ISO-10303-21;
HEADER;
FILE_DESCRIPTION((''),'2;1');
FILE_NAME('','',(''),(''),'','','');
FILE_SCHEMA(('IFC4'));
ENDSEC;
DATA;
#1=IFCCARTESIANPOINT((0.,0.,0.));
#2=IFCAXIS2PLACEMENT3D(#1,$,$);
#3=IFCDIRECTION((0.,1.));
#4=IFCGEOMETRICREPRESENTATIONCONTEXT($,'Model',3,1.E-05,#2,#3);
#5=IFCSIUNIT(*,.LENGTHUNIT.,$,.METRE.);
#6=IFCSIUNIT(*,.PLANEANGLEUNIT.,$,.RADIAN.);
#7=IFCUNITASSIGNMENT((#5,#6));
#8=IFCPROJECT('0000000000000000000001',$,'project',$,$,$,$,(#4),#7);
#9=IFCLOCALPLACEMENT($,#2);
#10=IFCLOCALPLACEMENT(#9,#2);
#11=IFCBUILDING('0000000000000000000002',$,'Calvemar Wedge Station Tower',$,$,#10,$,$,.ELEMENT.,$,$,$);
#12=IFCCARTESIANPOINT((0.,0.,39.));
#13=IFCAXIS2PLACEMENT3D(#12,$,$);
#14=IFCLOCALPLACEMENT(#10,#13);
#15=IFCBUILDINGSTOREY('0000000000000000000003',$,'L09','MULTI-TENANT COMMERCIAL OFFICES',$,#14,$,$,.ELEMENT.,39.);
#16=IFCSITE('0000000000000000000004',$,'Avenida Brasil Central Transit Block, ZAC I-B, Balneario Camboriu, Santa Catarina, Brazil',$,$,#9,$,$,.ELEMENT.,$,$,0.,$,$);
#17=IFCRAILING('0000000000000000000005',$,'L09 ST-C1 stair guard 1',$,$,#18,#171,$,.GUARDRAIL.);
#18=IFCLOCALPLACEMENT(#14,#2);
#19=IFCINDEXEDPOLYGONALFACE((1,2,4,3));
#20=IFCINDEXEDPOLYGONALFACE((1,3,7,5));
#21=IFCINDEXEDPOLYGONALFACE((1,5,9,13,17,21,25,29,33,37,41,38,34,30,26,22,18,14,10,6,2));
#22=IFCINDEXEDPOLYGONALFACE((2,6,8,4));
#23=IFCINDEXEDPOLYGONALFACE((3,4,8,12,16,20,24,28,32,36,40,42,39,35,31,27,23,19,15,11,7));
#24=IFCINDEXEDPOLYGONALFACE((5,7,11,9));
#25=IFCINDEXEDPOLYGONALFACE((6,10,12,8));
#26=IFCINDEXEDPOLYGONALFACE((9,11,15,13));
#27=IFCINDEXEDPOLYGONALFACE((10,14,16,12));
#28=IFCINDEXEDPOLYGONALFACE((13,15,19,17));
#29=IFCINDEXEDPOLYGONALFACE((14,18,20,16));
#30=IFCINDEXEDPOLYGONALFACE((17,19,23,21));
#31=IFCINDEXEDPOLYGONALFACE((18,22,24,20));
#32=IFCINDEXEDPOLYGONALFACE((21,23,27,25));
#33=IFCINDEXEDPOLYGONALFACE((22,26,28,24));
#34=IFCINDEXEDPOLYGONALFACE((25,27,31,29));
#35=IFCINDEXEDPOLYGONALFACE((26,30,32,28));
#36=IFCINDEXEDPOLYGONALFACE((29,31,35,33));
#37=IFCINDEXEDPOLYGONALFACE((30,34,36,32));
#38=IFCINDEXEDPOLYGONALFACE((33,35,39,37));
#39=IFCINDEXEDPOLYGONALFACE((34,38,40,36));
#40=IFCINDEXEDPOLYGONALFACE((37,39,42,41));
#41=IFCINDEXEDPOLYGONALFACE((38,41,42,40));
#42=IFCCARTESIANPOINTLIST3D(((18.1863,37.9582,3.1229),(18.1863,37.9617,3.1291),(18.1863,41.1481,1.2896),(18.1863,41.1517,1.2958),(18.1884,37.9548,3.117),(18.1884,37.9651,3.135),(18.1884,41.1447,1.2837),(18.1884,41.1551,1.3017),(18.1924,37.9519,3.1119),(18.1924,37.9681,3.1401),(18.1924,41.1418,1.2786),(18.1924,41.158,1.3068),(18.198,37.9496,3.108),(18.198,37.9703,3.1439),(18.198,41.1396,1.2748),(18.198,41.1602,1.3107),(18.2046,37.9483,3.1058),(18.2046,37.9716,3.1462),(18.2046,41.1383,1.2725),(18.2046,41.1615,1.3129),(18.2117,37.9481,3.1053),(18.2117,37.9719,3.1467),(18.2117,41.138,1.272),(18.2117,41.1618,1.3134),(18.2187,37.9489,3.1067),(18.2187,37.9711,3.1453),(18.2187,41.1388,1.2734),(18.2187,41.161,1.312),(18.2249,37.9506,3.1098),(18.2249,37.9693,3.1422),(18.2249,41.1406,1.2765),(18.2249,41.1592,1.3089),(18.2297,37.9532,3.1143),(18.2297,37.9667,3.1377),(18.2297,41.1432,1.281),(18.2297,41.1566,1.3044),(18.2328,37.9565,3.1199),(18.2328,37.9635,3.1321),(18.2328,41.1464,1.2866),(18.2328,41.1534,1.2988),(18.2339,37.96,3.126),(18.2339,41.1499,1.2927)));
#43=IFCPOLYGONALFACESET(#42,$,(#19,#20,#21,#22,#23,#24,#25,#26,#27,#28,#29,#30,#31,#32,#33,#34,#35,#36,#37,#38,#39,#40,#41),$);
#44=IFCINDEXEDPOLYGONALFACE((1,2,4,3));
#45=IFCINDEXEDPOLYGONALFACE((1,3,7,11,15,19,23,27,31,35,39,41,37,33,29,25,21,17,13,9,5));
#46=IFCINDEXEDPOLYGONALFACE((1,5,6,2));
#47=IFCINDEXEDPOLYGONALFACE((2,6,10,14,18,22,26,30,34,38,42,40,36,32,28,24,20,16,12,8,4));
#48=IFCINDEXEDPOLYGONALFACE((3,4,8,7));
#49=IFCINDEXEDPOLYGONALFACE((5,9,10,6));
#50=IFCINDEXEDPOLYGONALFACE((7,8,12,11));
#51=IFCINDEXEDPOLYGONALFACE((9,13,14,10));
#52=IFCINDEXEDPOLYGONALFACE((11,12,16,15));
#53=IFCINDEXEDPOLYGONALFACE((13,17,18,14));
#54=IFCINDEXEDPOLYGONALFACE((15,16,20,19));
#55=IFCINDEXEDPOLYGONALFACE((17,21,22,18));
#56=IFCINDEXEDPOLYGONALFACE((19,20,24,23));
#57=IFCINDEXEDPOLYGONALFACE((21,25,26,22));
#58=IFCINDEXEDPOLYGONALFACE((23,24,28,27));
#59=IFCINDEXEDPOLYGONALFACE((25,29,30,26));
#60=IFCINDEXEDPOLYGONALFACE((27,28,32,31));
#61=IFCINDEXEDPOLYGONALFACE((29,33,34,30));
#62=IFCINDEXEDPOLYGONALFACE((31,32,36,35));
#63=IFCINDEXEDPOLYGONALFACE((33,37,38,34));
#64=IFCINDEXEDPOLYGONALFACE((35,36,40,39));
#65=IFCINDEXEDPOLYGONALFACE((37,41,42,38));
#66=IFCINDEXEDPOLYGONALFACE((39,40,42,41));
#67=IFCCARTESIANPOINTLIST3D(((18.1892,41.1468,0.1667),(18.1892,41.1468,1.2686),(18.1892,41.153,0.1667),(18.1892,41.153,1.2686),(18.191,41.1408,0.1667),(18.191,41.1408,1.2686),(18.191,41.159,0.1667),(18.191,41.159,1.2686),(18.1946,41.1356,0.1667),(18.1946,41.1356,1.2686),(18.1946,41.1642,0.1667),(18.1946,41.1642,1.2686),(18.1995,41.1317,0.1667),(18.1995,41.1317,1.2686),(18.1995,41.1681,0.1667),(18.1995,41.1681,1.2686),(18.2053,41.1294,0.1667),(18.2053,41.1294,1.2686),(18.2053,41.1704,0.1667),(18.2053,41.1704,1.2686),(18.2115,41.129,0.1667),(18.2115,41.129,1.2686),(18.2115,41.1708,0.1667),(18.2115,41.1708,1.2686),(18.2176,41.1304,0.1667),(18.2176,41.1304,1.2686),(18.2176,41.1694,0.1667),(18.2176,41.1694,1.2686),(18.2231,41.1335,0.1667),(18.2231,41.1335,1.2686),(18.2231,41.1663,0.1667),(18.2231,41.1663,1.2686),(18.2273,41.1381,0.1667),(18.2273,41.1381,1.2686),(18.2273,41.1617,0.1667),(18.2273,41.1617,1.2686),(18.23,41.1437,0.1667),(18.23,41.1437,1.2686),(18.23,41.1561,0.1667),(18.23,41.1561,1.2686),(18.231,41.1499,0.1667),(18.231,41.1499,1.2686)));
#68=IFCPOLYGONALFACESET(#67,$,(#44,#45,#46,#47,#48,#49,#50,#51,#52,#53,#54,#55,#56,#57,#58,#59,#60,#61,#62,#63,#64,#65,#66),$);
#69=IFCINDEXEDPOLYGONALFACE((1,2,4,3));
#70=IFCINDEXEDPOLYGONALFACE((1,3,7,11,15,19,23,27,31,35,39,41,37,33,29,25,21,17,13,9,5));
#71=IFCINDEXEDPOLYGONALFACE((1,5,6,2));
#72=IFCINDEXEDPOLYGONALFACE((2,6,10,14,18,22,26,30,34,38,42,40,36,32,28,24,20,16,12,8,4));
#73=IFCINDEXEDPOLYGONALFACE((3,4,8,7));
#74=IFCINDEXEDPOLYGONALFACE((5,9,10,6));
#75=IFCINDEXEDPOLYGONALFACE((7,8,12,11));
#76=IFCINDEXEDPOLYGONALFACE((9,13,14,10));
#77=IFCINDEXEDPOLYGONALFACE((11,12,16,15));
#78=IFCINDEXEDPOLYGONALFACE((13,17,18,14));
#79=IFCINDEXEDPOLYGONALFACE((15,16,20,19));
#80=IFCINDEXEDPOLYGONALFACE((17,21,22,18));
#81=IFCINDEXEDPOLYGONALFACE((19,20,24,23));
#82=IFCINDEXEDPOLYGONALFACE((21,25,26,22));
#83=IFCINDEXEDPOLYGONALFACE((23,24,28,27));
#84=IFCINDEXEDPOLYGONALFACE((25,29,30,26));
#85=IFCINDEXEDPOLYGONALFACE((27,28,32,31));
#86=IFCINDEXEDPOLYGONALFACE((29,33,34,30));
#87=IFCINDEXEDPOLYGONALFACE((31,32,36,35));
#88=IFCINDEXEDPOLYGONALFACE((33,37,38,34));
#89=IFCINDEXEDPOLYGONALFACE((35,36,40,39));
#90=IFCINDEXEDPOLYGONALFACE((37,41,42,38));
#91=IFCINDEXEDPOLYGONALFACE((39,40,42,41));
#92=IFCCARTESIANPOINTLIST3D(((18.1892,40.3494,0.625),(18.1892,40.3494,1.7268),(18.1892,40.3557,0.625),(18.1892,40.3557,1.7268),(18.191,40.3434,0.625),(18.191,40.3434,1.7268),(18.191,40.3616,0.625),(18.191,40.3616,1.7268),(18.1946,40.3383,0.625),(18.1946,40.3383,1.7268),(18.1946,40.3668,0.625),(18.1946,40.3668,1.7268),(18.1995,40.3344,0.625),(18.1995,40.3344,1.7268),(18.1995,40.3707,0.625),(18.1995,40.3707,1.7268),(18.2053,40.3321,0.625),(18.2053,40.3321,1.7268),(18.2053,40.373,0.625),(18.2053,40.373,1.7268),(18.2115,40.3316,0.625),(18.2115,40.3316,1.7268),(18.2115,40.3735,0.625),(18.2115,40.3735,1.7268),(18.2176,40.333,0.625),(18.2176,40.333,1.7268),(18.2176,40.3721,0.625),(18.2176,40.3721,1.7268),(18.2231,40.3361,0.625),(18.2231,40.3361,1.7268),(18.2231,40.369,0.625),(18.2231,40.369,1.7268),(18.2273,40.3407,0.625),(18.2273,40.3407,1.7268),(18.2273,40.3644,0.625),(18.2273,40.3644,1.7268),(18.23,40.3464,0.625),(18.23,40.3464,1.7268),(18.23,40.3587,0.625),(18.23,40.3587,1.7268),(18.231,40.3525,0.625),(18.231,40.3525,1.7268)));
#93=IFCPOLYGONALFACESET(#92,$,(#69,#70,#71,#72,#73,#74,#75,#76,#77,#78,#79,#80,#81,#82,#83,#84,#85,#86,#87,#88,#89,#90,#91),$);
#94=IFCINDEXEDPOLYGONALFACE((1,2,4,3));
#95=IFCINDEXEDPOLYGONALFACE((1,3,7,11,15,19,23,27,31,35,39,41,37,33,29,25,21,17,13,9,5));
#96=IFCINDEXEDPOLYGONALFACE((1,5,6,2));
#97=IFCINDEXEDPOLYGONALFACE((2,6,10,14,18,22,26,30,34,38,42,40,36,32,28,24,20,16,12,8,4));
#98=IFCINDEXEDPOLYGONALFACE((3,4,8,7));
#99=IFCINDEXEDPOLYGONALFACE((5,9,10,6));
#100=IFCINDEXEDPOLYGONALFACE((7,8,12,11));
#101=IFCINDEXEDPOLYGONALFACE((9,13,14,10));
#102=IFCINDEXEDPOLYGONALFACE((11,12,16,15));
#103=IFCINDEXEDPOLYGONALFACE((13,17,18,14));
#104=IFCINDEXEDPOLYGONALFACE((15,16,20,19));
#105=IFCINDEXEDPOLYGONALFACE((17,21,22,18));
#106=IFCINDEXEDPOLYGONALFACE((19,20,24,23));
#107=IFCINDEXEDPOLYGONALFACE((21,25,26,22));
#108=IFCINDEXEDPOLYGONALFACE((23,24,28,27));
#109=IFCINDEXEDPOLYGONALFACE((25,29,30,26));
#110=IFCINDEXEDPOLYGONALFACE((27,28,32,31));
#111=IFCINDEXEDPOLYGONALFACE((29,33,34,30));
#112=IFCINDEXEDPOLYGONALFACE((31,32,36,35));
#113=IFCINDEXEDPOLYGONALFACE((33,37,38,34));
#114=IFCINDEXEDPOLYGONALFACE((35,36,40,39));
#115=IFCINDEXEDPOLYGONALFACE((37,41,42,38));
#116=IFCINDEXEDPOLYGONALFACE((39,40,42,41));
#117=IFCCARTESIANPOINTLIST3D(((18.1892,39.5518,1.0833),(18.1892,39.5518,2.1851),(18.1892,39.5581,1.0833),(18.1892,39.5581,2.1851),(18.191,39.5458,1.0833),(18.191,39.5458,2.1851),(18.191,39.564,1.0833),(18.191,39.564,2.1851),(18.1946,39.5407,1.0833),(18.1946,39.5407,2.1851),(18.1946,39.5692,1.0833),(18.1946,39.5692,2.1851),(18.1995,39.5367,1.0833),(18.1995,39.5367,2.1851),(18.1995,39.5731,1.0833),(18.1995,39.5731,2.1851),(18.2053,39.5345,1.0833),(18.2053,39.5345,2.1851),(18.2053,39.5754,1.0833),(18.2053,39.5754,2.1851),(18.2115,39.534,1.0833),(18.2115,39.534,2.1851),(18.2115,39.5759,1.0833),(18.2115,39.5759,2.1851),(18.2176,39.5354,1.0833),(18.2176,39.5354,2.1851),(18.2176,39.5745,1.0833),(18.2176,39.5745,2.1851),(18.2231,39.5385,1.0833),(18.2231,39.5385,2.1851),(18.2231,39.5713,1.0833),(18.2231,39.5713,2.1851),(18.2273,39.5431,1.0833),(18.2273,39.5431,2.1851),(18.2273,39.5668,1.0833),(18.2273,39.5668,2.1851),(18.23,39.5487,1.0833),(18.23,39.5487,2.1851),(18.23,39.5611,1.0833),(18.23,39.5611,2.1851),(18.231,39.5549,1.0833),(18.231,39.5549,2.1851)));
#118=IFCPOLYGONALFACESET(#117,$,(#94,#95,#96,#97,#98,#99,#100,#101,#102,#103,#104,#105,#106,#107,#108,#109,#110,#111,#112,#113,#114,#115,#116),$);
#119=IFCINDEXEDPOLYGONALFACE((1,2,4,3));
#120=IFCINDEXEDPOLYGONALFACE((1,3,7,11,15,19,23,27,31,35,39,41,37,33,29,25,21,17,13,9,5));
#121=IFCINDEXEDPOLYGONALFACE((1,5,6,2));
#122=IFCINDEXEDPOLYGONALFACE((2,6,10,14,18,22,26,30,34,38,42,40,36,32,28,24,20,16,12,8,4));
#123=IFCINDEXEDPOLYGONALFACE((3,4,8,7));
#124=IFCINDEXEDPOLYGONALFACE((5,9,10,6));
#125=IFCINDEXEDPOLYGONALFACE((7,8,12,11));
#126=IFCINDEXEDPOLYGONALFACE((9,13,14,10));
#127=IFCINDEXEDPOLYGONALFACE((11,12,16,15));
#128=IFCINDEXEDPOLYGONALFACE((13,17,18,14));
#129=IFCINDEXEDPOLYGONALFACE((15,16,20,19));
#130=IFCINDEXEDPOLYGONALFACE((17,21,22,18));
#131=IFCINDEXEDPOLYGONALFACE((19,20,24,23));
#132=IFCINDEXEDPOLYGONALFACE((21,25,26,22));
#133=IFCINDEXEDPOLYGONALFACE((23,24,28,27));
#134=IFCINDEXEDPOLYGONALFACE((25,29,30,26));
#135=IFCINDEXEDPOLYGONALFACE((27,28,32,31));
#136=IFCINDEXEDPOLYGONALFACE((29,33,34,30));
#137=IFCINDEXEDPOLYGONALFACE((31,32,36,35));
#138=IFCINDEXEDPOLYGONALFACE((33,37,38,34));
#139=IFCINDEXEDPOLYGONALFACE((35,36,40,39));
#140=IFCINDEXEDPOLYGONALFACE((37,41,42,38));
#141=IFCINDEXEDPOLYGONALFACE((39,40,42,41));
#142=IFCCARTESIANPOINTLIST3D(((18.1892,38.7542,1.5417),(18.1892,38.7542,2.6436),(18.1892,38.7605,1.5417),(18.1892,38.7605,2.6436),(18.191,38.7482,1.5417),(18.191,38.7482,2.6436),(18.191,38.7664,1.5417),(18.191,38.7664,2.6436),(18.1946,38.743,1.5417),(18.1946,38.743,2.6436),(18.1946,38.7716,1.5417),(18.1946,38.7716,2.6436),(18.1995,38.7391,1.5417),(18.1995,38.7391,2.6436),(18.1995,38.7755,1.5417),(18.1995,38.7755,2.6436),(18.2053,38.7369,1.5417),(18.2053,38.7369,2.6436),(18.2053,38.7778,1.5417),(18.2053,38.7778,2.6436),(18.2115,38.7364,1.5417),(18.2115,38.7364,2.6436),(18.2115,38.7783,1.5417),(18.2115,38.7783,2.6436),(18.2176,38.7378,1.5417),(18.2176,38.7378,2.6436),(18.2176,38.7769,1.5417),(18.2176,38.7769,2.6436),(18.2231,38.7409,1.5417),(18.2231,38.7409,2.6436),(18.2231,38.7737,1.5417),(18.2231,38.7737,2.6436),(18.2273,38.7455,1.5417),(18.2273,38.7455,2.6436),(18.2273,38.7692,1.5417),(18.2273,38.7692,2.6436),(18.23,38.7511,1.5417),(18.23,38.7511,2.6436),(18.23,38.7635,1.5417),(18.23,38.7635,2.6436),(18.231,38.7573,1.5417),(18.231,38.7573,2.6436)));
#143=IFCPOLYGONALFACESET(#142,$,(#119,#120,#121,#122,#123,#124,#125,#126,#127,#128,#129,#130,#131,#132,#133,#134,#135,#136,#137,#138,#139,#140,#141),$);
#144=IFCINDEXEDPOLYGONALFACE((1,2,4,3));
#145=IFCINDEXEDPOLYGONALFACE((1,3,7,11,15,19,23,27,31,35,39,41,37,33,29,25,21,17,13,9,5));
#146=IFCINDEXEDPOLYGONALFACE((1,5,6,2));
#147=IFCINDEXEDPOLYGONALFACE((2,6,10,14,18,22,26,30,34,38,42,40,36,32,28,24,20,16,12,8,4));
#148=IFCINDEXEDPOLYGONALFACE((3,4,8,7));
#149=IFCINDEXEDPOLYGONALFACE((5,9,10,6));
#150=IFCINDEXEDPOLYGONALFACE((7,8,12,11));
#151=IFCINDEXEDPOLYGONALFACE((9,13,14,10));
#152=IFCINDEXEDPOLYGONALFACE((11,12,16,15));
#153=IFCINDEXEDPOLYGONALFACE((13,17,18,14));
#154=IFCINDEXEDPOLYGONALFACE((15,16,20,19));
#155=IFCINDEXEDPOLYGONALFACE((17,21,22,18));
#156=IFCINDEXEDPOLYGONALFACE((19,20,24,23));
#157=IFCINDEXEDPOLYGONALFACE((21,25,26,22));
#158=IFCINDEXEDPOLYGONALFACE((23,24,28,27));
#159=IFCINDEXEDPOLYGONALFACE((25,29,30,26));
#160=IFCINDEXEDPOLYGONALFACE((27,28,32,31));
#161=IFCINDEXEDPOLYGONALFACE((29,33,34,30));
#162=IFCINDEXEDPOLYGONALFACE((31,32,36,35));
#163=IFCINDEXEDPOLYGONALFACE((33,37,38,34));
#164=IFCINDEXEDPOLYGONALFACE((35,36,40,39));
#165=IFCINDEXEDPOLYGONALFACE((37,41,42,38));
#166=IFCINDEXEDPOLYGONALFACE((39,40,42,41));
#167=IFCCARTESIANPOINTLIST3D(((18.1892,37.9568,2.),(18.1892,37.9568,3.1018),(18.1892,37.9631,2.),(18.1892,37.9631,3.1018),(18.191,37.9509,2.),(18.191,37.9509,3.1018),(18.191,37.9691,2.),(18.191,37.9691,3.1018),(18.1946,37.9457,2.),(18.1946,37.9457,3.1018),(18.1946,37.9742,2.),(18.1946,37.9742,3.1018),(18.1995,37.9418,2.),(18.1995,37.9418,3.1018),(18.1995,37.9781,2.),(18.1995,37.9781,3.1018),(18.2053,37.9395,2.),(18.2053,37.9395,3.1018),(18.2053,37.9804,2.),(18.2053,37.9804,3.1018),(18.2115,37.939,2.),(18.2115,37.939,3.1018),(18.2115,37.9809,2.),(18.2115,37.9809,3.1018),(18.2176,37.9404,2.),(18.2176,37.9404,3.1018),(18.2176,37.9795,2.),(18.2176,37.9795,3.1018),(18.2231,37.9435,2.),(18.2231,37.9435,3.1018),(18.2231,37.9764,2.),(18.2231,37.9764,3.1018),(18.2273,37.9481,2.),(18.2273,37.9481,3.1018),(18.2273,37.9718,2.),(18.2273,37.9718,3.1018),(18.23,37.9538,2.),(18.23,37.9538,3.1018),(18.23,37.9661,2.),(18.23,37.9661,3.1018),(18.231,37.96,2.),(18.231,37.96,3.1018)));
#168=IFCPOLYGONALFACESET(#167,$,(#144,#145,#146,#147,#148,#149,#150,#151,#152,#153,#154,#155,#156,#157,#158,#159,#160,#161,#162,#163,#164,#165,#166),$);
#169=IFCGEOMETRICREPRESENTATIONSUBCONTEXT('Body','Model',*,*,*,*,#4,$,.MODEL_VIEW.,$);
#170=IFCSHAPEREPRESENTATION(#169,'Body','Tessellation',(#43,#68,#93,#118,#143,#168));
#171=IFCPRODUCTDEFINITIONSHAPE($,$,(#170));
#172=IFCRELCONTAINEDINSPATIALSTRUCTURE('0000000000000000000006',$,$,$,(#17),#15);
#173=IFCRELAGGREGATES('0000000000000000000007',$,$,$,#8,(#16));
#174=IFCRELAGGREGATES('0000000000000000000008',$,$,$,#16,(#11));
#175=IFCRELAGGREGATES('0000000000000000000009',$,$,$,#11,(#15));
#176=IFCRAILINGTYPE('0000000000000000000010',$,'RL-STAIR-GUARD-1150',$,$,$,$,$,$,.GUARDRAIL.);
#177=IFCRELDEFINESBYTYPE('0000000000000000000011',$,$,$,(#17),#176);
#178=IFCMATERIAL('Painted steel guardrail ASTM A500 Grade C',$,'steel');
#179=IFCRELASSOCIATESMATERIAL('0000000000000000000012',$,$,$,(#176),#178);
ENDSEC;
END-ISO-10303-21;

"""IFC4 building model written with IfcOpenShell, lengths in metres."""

from ifc_helpers import new_model, si_unit, direction, frame, origin, origin_2d, place, context, subcontext, project, spatial, circle, extrude, material, type_object, element, save


model = new_model("IFC4")

# Units and contexts
model_context = context("Model", 3, precision=1e-05, world=origin(), true_north=direction((0.0, 1.0)))
body_context = subcontext(model_context, "Body", "Model", "MODEL_VIEW")
ifc_project = project(units=[si_unit("LENGTHUNIT", "METRE"), si_unit("PLANEANGLEUNIT", "RADIAN")], contexts=[model_context])

# Site, building, storey
site_placement = place(None, origin())
site = spatial("IfcSite", under=ifc_project, at=site_placement, Name="Avenida Brasil Central Transit Block, ZAC I-B, Balneario Camboriu, Santa Catarina, Brazil", CompositionType="ELEMENT", RefElevation=0.0)
building_placement = place(site_placement, origin())
building = spatial("IfcBuilding", under=site, at=building_placement, Name="Calvemar Wedge Station Tower", CompositionType="ELEMENT")
storey_placement = place(building_placement, frame((0.0, 0.0, 39.0)))
storey = spatial("IfcBuildingStorey", under=building, at=storey_placement, Name="L09", Description="MULTI-TENANT COMMERCIAL OFFICES", CompositionType="ELEMENT", Elevation=39.0)

# Railing
ifc_material_1 = material(Name="Painted steel guardrail ASTM A500 Grade C", Category="steel")
railing_type = type_object("IfcRailingType", Name="RL-STAIR-GUARD-1150", PredefinedType="GUARDRAIL", material=ifc_material_1)
railing_1_placement = place(storey_placement, frame((18.21, 41.1499, 0.1667)))
element("IfcRailing", 1, at=railing_1_placement, inside=storey, type_object=railing_type, Name="L09 ST-C1 stair guard 1", PredefinedType="GUARDRAIL", context=body_context, shape_type="SweptSolid", body=[
    extrude(circle(Radius=0.0239, at=origin_2d()), frame((0.0, 0.0, 1.126), z_axis=(0.0, -0.86702, 0.498274), x_axis=(1.0, 0.0, 0.0)), (0.0, 0.0, 1.0), 3.6792),
    extrude(circle(Radius=0.021, at=origin_2d()), origin(), (0.0, 0.0, 1.0), 1.1018),
    extrude(circle(Radius=0.021, at=origin_2d()), frame((0.0, -0.7974, 0.4583)), (0.0, 0.0, 1.0), 1.1018),
    extrude(circle(Radius=0.021, at=origin_2d()), frame((0.0, -1.595, 0.9165)), (0.0, 0.0, 1.0), 1.1018),
    extrude(circle(Radius=0.021, at=origin_2d()), frame((0.0, -2.3926, 1.375)), (0.0, 0.0, 1.0), 1.1018),
    extrude(circle(Radius=0.021, at=origin_2d()), frame((0.0, -3.1899, 1.8333)), (0.0, 0.0, 1.0), 1.1018),
])

save(model, "model.ifc")
